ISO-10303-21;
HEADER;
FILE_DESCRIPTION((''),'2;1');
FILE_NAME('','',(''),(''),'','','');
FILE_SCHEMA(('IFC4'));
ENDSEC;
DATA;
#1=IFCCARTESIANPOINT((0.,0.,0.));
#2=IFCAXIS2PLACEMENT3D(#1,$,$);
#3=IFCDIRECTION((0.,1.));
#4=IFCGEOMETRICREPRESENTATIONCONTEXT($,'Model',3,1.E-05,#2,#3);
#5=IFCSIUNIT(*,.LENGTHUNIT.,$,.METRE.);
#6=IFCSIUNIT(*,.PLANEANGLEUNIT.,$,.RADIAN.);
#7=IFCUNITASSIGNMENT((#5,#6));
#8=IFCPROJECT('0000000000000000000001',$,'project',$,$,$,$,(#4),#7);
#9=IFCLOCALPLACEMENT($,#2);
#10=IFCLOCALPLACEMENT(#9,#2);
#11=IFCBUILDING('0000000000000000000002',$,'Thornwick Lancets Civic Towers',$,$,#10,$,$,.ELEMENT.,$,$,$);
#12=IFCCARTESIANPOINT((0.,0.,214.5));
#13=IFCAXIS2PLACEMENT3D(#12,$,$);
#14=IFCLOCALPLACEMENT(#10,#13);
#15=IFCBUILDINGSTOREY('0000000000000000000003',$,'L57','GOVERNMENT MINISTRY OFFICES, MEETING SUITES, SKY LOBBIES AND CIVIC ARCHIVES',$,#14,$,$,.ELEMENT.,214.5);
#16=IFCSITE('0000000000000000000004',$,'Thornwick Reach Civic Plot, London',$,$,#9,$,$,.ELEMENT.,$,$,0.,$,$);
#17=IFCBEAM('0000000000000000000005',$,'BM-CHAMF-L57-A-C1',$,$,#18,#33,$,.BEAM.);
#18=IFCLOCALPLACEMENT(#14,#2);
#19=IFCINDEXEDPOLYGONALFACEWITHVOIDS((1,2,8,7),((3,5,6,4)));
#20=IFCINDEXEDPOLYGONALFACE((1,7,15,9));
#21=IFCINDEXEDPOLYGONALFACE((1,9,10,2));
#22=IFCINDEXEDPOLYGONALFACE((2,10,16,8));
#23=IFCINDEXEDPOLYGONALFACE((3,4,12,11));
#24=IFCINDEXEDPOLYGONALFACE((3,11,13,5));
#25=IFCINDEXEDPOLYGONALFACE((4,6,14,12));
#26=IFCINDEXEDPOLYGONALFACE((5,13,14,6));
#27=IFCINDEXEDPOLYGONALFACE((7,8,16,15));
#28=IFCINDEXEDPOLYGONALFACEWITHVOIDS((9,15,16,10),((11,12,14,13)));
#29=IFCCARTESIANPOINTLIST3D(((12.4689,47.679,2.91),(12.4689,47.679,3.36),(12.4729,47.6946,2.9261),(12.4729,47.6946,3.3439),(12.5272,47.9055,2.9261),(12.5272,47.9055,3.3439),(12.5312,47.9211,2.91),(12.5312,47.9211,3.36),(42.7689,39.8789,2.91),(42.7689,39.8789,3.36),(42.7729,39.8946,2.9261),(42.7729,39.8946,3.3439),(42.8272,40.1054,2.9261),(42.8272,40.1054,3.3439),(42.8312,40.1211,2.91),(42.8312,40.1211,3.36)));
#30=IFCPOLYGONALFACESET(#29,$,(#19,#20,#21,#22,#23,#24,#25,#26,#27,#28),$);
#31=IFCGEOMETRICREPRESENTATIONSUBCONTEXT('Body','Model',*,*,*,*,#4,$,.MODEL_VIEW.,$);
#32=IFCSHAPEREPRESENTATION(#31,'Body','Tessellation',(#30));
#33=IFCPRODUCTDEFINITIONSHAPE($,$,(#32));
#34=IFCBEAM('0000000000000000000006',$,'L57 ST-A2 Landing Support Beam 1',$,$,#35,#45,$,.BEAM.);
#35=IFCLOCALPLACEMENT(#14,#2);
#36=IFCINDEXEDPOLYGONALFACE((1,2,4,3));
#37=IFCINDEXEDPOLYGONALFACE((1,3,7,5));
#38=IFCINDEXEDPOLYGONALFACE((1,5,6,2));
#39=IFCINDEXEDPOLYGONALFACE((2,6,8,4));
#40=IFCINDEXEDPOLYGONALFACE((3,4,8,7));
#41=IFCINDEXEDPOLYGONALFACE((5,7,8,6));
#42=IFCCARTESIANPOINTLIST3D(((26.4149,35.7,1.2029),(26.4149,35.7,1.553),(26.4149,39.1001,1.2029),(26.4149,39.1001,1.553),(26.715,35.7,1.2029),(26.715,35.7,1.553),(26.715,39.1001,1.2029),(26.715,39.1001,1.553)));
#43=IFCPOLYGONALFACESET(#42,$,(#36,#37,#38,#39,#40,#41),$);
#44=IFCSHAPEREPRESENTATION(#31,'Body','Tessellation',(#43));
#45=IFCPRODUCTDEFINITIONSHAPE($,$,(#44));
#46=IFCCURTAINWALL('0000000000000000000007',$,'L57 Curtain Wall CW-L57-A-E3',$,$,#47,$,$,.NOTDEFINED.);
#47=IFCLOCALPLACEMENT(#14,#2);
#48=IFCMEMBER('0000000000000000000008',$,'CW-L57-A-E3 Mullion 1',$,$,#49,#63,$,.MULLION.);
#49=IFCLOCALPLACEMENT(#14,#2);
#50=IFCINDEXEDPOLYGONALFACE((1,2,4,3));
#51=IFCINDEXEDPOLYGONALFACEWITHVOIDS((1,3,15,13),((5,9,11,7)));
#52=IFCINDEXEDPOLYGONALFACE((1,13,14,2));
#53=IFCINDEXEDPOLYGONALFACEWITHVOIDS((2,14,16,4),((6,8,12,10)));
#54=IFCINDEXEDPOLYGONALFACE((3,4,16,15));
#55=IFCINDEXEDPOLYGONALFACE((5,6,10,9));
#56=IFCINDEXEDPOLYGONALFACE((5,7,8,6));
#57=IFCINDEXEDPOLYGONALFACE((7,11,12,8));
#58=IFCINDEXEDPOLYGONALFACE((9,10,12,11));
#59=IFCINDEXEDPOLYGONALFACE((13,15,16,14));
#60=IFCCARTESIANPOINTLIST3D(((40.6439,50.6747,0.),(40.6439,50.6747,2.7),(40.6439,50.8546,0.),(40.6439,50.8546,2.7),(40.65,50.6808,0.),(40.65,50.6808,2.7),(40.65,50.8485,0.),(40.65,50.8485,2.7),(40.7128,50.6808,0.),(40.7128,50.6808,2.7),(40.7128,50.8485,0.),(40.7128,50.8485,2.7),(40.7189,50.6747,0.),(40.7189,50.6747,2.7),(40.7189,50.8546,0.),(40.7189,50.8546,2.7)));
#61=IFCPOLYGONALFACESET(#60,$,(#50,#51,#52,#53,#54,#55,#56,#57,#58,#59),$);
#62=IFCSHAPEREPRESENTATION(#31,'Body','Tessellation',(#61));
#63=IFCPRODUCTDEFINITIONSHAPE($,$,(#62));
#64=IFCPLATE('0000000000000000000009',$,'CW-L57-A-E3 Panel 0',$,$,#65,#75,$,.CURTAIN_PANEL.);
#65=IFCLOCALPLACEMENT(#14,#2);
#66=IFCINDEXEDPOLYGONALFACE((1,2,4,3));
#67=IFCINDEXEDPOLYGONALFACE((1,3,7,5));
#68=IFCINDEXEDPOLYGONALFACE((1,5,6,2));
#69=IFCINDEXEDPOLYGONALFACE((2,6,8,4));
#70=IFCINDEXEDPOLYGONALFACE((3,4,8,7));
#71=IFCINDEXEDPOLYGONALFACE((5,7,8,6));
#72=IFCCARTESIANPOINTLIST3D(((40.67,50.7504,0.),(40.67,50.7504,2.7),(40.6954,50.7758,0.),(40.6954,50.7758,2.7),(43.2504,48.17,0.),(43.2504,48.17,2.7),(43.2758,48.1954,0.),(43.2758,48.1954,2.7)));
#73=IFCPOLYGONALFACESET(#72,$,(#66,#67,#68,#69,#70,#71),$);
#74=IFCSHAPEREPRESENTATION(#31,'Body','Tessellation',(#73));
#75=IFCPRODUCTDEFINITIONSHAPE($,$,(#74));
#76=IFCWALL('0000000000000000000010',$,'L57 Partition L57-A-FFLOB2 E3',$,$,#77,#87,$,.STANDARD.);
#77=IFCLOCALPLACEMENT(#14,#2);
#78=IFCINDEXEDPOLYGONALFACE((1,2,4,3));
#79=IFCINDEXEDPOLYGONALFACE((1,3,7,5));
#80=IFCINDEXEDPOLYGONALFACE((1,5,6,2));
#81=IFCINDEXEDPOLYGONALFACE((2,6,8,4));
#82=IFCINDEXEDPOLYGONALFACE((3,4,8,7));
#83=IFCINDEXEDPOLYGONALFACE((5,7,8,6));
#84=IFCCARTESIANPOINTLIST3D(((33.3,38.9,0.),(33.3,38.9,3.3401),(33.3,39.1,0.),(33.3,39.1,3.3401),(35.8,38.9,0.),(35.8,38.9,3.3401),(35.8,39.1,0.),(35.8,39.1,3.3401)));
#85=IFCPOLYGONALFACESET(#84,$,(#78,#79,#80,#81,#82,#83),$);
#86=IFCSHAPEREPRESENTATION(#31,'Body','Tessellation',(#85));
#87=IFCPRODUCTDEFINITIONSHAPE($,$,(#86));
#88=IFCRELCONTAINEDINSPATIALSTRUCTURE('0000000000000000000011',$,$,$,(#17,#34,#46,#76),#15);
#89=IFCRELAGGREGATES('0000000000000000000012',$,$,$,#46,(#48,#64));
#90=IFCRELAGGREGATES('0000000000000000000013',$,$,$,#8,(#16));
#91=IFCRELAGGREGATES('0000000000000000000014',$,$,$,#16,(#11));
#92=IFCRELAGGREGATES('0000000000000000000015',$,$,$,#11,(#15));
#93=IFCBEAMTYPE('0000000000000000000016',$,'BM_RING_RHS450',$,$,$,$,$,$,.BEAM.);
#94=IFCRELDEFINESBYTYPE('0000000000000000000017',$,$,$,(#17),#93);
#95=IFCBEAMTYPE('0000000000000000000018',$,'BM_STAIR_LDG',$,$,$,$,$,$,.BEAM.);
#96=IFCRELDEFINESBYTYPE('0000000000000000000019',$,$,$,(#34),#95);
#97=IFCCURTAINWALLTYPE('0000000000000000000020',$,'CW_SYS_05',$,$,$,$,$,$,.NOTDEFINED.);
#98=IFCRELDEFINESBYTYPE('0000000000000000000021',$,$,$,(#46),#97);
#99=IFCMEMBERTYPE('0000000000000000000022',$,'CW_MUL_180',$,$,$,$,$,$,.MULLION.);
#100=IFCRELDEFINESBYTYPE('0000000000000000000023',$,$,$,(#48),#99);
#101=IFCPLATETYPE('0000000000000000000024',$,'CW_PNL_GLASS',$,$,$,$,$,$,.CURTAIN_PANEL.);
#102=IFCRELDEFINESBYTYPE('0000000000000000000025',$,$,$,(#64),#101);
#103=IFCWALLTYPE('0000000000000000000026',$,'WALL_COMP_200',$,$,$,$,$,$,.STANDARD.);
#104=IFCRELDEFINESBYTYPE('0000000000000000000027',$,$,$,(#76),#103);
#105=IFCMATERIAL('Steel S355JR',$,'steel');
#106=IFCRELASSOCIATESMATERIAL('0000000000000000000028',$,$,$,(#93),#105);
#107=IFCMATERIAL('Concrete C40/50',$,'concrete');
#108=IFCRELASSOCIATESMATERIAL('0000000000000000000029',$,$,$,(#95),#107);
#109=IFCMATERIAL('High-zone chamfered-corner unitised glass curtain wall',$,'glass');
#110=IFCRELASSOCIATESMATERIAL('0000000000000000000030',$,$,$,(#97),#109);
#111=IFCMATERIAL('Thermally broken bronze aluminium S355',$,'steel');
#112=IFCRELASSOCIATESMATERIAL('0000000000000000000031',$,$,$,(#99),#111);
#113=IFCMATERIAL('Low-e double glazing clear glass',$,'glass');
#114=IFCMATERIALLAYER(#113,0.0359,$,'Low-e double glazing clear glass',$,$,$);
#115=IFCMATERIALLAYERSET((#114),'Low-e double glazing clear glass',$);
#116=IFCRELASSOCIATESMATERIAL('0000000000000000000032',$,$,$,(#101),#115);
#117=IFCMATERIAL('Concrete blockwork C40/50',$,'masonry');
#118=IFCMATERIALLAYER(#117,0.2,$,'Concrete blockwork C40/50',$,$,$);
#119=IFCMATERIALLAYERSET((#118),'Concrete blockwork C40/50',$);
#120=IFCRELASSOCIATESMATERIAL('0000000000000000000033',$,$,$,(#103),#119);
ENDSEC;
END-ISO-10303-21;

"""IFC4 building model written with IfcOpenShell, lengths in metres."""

from ifc_helpers import new_model, si_unit, direction, frame, frame_2d, origin, origin_2d, place, context, subcontext, project, spatial, rectangle, hollow_rectangle, extrude, material, layer, layer_set, material_profile, profile_set, type_object, element, aggregate, save


model = new_model("IFC4")

# Units and contexts
model_context = context("Model", 3, precision=1e-05, world=origin(), true_north=direction((0.0, 1.0)))
body_context = subcontext(model_context, "Body", "Model", "MODEL_VIEW")
ifc_project = project(units=[si_unit("LENGTHUNIT", "METRE"), si_unit("PLANEANGLEUNIT", "RADIAN")], contexts=[model_context])

# Site, building, storey
site_placement = place(None, origin())
site = spatial("IfcSite", under=ifc_project, at=site_placement, Name="Thornwick Reach Civic Plot, London", CompositionType="ELEMENT", RefElevation=0.0)
building_placement = place(site_placement, origin())
building = spatial("IfcBuilding", under=site, at=building_placement, Name="Thornwick Lancets Civic Towers", CompositionType="ELEMENT")
storey_placement = place(building_placement, frame((0.0, 0.0, 214.5)))
storey = spatial("IfcBuildingStorey", under=building, at=storey_placement, Name="L57", Description="GOVERNMENT MINISTRY OFFICES, MEETING SUITES, SKY LOBBIES AND CIVIC ARCHIVES", CompositionType="ELEMENT", Elevation=214.5)

# Shared definitions
ifc_material_1 = material(Name="Steel S355JR", Category="steel")

# Beams
ifc_material_profile_1 = material_profile(ifc_material_1, hollow_rectangle(XDim=0.25, YDim=0.45, WallThickness=0.0161, at=origin_2d()), Name="RHS 450x250x16")
ifc_profile_set_1 = profile_set([ifc_material_profile_1], Name="Steel S355JR")
beam_type_1 = type_object("IfcBeamType", Name="BM_RING_RHS450", PredefinedType="BEAM", material=ifc_profile_set_1)
beam_1_placement = place(storey_placement, frame((42.8, 40.0, 3.135), z_axis=(-0.968427, 0.249299, 0.0), x_axis=(-0.249299, -0.968427, 0.0)))
element("IfcBeam", 1, at=beam_1_placement, inside=storey, type_object=beam_type_1, Name="BM-CHAMF-L57-A-C1", PredefinedType="BEAM", context=body_context, shape_type="SweptSolid", body=[
    extrude(hollow_rectangle(XDim=0.25, YDim=0.45, WallThickness=0.0161, at=origin_2d()), origin(), (0.0, 0.0, 1.0), 31.2878),
])
ifc_material_2 = material(Name="Concrete C40/50", Category="concrete")
ifc_material_profile_2 = material_profile(ifc_material_2, rectangle(XDim=0.3, YDim=0.3501, at=origin_2d()), Name="RC 300x350")
ifc_profile_set_2 = profile_set([ifc_material_profile_2], Name="Concrete C40/50")
beam_type_2 = type_object("IfcBeamType", Name="BM_STAIR_LDG", PredefinedType="BEAM", material=ifc_profile_set_2)
beam_2_placement = place(storey_placement, frame((26.5649, 39.1001, 1.3779), z_axis=(0.0, -1.0, 0.0), x_axis=(1.0, 0.0, 0.0)))
element("IfcBeam", 2, at=beam_2_placement, inside=storey, type_object=beam_type_2, Name="L57 ST-A2 Landing Support Beam 1", PredefinedType="BEAM", context=body_context, shape_type="SweptSolid", body=[
    extrude(rectangle(XDim=0.3, YDim=0.3501, at=origin_2d()), origin(), (0.0, 0.0, 1.0), 3.4001),
])

# Curtain wall, member, plate
ifc_material_3 = material(Name="High-zone chamfered-corner unitised glass curtain wall", Category="glass")
curtain_wall_type = type_object("IfcCurtainWallType", Name="CW_SYS_05", PredefinedType="NOTDEFINED", material=ifc_material_3)
curtain_wall_placement = place(storey_placement, origin())
curtain_wall = element("IfcCurtainWall", 3, at=curtain_wall_placement, inside=storey, type_object=curtain_wall_type, Name="L57 Curtain Wall CW-L57-A-E3", PredefinedType="NOTDEFINED")
ifc_material_4 = material(Name="Thermally broken bronze aluminium S355", Category="steel")
ifc_material_profile_3 = material_profile(ifc_material_4, hollow_rectangle(XDim=0.075, YDim=0.1799, WallThickness=0.0061, at=origin_2d()), Name="RHS 180x75x6")
ifc_profile_set_3 = profile_set([ifc_material_profile_3], Name="Thermally broken bronze aluminium S355")
member_type = type_object("IfcMemberType", Name="CW_MUL_180", PredefinedType="MULLION", material=ifc_profile_set_3)
member_placement = place(storey_placement, frame((40.6814, 50.7646, 0.0), z_axis=(0.0, 0.0, 1.0), x_axis=(1.0, 0.0, 0.0)))
member = element("IfcMember", 4, at=member_placement, type_object=member_type, Name="CW-L57-A-E3 Mullion 1", PredefinedType="MULLION", context=body_context, shape_type="SweptSolid", body=[
    extrude(hollow_rectangle(XDim=0.075, YDim=0.1799, WallThickness=0.0061, at=origin_2d()), origin(), (0.0, 0.0, 1.0), 2.7),
])
ifc_material_5 = material(Name="Low-e double glazing clear glass", Category="glass")
ifc_layer_1 = layer(ifc_material_5, 0.0359, Name="Low-e double glazing clear glass")
ifc_layer_set_1 = layer_set([ifc_layer_1], Name="Low-e double glazing clear glass")
plate_type = type_object("IfcPlateType", Name="CW_PNL_GLASS", PredefinedType="CURTAIN_PANEL", material=ifc_layer_set_1)
plate_placement = place(storey_placement, frame((41.9729, 49.4729, 0.0), z_axis=(0.0, 0.0, 1.0), x_axis=(-0.707107, 0.707107, 0.0)))
plate = element("IfcPlate", 5, at=plate_placement, type_object=plate_type, Name="CW-L57-A-E3 Panel 0", PredefinedType="CURTAIN_PANEL", context=body_context, shape_type="SweptSolid", body=[
    extrude(rectangle(XDim=3.6492, YDim=0.0359, at=origin_2d()), origin(), (0.0, 0.0, 1.0), 2.7),
])
aggregate(curtain_wall, [member, plate])

# Wall
ifc_material_6 = material(Name="Concrete blockwork C40/50", Category="masonry")
ifc_layer_2 = layer(ifc_material_6, 0.2, Name="Concrete blockwork C40/50")
ifc_layer_set_2 = layer_set([ifc_layer_2], Name="Concrete blockwork C40/50")
wall_type_1 = type_object("IfcWallType", Name="WALL_COMP_200", PredefinedType="STANDARD", material=ifc_layer_set_2)
wall_1_placement = place(storey_placement, frame((35.8, 39.0, 0.0), z_axis=(0.0, 0.0, 1.0), x_axis=(-1.0, 0.0, 0.0)))
element("IfcWall", 6, at=wall_1_placement, inside=storey, type_object=wall_type_1, Name="L57 Partition L57-A-FFLOB2 E3", PredefinedType="STANDARD", context=body_context, shape_type="SweptSolid", body=[
    extrude(rectangle(XDim=2.5, YDim=0.2, at=frame_2d((1.25, 0.0))), origin(), (0.0, 0.0, 1.0), 3.3401),
])

save(model, "model.ifc")
